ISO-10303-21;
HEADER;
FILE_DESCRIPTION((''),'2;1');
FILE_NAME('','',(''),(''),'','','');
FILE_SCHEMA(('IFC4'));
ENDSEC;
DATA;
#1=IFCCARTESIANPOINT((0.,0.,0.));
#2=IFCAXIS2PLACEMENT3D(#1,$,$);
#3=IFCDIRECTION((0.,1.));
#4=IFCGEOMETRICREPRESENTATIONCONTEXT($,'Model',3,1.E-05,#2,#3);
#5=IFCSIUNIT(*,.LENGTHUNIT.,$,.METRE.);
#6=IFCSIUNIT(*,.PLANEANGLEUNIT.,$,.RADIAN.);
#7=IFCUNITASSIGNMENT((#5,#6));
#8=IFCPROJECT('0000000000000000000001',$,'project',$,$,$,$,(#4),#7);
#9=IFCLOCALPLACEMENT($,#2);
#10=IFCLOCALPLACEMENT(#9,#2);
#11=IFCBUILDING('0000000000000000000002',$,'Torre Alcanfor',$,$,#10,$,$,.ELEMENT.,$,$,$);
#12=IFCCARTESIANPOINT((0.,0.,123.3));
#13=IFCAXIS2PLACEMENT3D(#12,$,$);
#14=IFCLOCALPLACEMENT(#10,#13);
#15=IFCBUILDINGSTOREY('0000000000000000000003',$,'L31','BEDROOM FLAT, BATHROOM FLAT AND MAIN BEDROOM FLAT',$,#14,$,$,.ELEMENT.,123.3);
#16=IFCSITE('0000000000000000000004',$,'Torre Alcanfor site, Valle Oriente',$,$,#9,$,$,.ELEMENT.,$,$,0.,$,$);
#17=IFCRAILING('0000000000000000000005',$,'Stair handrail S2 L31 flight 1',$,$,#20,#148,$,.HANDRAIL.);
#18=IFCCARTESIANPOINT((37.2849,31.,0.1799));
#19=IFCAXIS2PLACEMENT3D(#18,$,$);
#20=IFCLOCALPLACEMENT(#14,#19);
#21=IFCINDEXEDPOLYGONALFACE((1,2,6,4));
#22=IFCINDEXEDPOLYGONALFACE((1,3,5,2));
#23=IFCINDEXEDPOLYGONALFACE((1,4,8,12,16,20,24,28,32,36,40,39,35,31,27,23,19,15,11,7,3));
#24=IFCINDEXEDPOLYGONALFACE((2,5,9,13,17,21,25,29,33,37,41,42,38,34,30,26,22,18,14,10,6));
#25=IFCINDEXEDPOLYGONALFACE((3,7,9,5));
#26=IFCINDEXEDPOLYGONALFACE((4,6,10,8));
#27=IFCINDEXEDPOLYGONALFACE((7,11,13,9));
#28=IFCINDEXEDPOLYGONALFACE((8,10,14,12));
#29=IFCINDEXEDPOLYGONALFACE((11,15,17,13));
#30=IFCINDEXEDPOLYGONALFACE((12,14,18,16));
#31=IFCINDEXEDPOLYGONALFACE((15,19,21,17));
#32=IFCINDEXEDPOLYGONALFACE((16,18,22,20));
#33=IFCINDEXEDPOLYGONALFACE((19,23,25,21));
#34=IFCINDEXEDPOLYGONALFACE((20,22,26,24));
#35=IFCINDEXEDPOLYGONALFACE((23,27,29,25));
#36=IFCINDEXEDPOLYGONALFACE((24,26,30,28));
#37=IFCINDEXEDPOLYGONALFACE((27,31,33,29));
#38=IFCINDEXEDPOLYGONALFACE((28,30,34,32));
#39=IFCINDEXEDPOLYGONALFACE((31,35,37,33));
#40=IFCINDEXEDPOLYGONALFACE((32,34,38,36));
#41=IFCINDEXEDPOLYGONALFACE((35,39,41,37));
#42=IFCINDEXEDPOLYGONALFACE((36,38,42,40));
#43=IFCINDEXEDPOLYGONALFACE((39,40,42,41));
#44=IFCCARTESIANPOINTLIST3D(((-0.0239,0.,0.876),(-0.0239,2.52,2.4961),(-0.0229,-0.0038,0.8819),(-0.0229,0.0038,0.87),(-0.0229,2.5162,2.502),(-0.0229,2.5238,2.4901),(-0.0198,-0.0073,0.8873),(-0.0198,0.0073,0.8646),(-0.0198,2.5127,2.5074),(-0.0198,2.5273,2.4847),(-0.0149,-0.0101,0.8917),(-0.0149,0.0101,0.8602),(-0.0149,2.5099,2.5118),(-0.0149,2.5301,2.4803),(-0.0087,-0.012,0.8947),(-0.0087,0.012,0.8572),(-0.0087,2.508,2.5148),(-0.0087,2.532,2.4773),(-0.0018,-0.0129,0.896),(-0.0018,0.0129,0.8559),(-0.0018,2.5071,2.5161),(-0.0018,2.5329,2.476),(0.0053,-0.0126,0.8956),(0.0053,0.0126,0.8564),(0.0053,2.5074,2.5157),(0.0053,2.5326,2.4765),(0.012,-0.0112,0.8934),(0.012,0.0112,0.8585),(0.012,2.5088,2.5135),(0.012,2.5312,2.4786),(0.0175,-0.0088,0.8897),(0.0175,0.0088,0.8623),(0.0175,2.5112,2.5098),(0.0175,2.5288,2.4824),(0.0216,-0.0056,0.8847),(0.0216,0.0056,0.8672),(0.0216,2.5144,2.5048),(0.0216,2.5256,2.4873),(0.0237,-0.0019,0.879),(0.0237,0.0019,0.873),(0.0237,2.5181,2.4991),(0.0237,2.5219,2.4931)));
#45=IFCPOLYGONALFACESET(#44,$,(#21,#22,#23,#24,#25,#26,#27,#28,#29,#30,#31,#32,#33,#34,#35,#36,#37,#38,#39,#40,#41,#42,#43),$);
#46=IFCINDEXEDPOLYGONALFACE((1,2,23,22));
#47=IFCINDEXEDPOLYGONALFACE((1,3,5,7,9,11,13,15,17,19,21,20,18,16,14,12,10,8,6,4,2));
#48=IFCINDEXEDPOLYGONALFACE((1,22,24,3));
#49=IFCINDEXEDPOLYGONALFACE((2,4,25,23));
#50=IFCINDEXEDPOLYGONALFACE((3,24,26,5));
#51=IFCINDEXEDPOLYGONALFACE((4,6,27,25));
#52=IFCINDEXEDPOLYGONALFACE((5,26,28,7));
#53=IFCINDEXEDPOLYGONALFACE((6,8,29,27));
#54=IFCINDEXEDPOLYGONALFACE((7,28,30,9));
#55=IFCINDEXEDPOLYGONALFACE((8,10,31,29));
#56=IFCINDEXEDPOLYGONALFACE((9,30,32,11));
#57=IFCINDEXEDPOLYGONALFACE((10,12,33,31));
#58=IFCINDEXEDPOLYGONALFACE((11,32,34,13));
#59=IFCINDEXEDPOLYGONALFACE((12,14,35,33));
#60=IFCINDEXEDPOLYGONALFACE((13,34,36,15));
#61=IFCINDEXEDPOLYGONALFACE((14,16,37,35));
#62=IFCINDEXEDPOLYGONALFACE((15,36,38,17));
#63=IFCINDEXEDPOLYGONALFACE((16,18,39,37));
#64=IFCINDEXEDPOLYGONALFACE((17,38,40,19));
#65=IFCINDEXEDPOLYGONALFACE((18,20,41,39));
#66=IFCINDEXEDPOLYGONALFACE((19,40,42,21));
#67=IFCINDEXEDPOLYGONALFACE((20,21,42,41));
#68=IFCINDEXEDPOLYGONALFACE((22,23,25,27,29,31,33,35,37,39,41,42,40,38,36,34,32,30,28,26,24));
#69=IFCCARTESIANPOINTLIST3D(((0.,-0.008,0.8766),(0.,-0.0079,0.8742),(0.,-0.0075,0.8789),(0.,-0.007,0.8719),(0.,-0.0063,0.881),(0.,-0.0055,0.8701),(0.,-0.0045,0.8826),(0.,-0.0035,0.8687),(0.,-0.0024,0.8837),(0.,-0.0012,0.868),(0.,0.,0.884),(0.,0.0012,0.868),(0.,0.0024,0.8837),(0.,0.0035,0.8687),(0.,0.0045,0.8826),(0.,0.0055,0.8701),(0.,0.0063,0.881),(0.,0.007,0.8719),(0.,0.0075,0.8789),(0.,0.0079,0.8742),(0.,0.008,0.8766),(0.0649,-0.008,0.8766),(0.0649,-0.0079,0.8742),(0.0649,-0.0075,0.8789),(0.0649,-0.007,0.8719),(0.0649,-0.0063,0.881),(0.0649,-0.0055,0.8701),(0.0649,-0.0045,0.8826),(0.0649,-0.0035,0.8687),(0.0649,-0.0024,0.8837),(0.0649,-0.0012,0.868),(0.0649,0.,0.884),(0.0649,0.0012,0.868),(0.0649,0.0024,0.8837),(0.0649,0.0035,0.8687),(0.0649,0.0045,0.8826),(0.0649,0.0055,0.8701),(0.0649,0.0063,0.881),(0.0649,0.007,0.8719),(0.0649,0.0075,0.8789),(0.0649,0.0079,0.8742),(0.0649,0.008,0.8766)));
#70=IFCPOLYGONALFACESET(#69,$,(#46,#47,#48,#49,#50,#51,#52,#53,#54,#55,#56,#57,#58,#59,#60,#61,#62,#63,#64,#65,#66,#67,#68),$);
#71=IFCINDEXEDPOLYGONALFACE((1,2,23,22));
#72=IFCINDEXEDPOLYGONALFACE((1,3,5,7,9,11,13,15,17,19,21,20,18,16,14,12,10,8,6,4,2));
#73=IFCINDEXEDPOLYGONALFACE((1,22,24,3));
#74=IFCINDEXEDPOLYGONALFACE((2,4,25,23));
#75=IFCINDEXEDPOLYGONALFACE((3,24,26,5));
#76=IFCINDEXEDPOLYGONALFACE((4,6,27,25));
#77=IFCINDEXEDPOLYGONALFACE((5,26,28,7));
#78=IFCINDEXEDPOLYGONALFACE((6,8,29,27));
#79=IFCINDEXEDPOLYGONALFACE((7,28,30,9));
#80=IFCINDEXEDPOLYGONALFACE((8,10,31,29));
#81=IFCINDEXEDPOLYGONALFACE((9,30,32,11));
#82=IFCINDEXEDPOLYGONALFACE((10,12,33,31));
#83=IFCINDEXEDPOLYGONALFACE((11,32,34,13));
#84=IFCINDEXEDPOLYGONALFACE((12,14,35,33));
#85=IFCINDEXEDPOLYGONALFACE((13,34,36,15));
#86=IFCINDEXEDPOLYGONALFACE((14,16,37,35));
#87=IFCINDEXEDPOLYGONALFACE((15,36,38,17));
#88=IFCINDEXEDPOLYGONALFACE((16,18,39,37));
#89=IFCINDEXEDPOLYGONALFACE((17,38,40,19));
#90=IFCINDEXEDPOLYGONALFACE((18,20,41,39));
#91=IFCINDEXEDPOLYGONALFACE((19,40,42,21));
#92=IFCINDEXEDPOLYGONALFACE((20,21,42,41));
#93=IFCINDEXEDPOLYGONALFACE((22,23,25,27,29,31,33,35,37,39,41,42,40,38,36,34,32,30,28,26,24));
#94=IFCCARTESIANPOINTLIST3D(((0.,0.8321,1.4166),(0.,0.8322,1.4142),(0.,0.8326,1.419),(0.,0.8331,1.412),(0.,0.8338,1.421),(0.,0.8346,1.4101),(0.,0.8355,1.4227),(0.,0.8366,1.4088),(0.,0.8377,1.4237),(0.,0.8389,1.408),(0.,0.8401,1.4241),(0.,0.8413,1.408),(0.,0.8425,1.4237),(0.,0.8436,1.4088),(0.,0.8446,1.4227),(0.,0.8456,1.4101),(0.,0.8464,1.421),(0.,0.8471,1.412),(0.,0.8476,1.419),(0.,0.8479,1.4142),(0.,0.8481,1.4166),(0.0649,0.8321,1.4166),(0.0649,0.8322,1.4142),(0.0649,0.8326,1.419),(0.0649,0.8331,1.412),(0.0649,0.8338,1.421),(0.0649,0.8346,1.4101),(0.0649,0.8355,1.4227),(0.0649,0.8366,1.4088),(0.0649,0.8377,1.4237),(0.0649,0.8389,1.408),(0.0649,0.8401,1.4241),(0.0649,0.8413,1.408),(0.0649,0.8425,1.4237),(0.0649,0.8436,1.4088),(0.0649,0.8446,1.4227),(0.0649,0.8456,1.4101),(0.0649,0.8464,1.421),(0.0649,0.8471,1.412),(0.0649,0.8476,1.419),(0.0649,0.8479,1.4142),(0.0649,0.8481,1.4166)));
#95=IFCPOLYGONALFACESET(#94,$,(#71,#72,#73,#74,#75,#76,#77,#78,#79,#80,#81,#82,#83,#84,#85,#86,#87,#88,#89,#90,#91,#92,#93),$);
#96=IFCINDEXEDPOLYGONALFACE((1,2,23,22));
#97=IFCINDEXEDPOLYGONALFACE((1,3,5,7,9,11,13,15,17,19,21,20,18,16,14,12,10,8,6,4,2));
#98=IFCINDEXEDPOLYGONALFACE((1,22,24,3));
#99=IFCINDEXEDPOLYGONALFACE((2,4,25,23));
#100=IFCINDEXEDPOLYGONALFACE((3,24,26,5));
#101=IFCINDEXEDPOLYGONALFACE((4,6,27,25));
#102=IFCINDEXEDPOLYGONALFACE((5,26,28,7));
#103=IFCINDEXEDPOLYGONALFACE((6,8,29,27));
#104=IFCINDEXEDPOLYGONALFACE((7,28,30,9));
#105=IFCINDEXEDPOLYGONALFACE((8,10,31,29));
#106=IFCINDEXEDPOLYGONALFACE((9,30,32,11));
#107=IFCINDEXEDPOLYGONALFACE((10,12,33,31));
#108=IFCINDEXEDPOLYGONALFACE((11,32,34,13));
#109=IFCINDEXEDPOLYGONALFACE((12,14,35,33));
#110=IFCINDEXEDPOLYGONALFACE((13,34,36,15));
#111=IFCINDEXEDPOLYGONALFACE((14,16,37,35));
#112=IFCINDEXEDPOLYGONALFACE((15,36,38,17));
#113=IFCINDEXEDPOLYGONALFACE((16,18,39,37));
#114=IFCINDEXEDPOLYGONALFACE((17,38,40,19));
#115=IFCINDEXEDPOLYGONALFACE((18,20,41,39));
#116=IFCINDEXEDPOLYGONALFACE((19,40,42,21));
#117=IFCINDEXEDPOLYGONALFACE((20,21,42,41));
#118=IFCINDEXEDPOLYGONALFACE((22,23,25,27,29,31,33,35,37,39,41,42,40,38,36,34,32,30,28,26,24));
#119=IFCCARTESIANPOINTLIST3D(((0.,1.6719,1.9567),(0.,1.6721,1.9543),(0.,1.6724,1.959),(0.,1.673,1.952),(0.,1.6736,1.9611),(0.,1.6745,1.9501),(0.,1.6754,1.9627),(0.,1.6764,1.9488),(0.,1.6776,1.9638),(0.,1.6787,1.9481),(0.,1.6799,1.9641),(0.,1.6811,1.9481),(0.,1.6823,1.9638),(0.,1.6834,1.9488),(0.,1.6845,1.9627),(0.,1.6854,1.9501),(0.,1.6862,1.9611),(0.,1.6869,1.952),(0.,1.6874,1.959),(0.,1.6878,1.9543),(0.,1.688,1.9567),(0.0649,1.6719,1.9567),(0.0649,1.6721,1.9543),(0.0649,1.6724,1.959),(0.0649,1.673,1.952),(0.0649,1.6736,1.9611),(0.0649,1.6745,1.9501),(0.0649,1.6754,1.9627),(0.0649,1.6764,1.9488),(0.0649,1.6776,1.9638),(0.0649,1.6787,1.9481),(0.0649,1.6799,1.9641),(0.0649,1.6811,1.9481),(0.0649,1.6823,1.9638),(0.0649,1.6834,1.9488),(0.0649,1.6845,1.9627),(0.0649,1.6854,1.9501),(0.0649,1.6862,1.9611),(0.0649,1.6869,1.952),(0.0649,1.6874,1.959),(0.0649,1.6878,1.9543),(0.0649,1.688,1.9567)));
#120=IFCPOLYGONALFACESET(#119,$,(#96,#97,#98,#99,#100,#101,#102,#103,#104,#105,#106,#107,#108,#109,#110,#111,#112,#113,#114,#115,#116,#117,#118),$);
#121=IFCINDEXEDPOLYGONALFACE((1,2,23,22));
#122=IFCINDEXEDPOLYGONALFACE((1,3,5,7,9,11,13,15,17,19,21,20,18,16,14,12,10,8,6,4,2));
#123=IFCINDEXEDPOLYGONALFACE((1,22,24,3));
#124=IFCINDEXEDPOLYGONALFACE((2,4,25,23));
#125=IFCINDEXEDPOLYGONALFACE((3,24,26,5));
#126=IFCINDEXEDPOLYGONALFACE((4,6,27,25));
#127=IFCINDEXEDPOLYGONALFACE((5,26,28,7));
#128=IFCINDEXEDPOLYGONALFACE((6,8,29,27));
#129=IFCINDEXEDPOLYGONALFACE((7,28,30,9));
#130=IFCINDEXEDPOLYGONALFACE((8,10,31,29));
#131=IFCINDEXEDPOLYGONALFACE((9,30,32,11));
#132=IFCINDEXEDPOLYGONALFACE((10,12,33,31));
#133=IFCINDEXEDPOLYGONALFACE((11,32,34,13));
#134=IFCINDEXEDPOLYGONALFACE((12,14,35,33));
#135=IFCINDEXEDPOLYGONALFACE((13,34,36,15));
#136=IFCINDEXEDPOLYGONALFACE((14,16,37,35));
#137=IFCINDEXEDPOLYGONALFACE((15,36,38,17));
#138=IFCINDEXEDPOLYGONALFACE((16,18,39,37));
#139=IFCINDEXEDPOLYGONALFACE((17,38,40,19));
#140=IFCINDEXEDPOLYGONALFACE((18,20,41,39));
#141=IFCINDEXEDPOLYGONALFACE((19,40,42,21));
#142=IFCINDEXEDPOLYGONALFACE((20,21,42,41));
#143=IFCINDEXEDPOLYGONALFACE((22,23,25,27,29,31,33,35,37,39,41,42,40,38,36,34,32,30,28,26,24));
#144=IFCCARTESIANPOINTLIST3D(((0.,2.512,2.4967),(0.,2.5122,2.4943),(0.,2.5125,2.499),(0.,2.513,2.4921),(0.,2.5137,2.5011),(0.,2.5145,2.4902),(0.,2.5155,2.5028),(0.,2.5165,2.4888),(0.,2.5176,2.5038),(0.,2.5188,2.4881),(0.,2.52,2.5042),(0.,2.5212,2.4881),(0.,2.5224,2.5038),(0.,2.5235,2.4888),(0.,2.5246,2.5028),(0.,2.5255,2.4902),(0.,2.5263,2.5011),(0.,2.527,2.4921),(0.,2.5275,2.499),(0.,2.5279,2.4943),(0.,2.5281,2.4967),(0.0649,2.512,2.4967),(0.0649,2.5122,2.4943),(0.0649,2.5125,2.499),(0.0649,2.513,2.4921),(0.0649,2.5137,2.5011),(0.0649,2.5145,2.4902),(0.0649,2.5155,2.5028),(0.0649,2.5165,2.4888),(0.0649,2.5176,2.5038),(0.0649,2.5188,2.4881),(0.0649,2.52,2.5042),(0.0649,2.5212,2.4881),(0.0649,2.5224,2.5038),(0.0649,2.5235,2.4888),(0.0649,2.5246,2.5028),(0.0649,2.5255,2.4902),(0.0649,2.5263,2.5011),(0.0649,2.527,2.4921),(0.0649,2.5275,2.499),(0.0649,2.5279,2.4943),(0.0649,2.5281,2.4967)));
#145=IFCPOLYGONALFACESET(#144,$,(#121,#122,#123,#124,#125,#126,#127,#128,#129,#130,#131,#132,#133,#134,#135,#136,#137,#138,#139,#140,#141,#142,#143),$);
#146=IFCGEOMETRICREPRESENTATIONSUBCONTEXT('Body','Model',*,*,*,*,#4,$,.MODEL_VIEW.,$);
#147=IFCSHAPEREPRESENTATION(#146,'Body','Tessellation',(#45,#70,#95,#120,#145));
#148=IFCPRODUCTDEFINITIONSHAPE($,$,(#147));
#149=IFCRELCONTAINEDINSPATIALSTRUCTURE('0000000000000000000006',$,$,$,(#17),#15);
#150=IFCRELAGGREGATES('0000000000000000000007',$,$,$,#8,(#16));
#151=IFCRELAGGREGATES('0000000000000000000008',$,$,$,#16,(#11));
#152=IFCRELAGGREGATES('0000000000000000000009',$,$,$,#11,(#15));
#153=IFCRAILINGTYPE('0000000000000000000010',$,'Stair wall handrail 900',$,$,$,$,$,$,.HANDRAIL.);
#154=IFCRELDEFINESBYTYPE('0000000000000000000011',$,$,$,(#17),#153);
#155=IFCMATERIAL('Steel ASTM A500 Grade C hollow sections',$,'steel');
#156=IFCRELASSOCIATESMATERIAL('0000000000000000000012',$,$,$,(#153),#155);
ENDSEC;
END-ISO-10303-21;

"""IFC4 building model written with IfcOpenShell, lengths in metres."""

from ifc_helpers import new_model, si_unit, direction, frame, origin, origin_2d, place, context, subcontext, project, spatial, circle, extrude, material, type_object, element, save


model = new_model("IFC4")

# Units and contexts
model_context = context("Model", 3, precision=1e-05, world=origin(), true_north=direction((0.0, 1.0)))
body_context = subcontext(model_context, "Body", "Model", "MODEL_VIEW")
ifc_project = project(units=[si_unit("LENGTHUNIT", "METRE"), si_unit("PLANEANGLEUNIT", "RADIAN")], contexts=[model_context])

# Site, building, storey
site_placement = place(None, origin())
site = spatial("IfcSite", under=ifc_project, at=site_placement, Name="Torre Alcanfor site, Valle Oriente", CompositionType="ELEMENT", RefElevation=0.0)
building_placement = place(site_placement, origin())
building = spatial("IfcBuilding", under=site, at=building_placement, Name="Torre Alcanfor", CompositionType="ELEMENT")
storey_placement = place(building_placement, frame((0.0, 0.0, 123.3)))
storey = spatial("IfcBuildingStorey", under=building, at=storey_placement, Name="L31", Description="BEDROOM FLAT, BATHROOM FLAT AND MAIN BEDROOM FLAT", CompositionType="ELEMENT", Elevation=123.3)

# Railing
ifc_material_1 = material(Name="Steel ASTM A500 Grade C hollow sections", Category="steel")
railing_type_1 = type_object("IfcRailingType", Name="Stair wall handrail 900", PredefinedType="HANDRAIL", material=ifc_material_1)
railing_1_placement = place(storey_placement, frame((37.2849, 31.0, 0.1799)))
element("IfcRailing", 1, at=railing_1_placement, inside=storey, type_object=railing_type_1, Name="Stair handrail S2 L31 flight 1", PredefinedType="HANDRAIL", context=body_context, shape_type="SweptSolid", body=[
    extrude(circle(Radius=0.0239, at=origin_2d()), frame((0.0, 0.0, 0.876), z_axis=(0.0, 0.841163, 0.540782), x_axis=(-1.0, 0.0, 0.0)), (0.0, 0.0, 1.0), 2.9958),
    extrude(circle(Radius=0.0081, at=origin_2d()), frame((0.0, 0.0, 0.876), z_axis=(1.0, 0.0, 0.0), x_axis=(0.0, 0.0, 1.0)), (0.0, 0.0, 1.0), 0.0649),
    extrude(circle(Radius=0.0081, at=origin_2d()), frame((0.0, 0.8401, 1.416), z_axis=(1.0, 0.0, 0.0), x_axis=(0.0, 0.0, 1.0)), (0.0, 0.0, 1.0), 0.0649),
    extrude(circle(Radius=0.0081, at=origin_2d()), frame((0.0, 1.6799, 1.9561), z_axis=(1.0, 0.0, 0.0), x_axis=(0.0, 0.0, 1.0)), (0.0, 0.0, 1.0), 0.0649),
    extrude(circle(Radius=0.0081, at=origin_2d()), frame((0.0, 2.52, 2.4961), z_axis=(1.0, 0.0, 0.0), x_axis=(0.0, 0.0, 1.0)), (0.0, 0.0, 1.0), 0.0649),
])

save(model, "model.ifc")
